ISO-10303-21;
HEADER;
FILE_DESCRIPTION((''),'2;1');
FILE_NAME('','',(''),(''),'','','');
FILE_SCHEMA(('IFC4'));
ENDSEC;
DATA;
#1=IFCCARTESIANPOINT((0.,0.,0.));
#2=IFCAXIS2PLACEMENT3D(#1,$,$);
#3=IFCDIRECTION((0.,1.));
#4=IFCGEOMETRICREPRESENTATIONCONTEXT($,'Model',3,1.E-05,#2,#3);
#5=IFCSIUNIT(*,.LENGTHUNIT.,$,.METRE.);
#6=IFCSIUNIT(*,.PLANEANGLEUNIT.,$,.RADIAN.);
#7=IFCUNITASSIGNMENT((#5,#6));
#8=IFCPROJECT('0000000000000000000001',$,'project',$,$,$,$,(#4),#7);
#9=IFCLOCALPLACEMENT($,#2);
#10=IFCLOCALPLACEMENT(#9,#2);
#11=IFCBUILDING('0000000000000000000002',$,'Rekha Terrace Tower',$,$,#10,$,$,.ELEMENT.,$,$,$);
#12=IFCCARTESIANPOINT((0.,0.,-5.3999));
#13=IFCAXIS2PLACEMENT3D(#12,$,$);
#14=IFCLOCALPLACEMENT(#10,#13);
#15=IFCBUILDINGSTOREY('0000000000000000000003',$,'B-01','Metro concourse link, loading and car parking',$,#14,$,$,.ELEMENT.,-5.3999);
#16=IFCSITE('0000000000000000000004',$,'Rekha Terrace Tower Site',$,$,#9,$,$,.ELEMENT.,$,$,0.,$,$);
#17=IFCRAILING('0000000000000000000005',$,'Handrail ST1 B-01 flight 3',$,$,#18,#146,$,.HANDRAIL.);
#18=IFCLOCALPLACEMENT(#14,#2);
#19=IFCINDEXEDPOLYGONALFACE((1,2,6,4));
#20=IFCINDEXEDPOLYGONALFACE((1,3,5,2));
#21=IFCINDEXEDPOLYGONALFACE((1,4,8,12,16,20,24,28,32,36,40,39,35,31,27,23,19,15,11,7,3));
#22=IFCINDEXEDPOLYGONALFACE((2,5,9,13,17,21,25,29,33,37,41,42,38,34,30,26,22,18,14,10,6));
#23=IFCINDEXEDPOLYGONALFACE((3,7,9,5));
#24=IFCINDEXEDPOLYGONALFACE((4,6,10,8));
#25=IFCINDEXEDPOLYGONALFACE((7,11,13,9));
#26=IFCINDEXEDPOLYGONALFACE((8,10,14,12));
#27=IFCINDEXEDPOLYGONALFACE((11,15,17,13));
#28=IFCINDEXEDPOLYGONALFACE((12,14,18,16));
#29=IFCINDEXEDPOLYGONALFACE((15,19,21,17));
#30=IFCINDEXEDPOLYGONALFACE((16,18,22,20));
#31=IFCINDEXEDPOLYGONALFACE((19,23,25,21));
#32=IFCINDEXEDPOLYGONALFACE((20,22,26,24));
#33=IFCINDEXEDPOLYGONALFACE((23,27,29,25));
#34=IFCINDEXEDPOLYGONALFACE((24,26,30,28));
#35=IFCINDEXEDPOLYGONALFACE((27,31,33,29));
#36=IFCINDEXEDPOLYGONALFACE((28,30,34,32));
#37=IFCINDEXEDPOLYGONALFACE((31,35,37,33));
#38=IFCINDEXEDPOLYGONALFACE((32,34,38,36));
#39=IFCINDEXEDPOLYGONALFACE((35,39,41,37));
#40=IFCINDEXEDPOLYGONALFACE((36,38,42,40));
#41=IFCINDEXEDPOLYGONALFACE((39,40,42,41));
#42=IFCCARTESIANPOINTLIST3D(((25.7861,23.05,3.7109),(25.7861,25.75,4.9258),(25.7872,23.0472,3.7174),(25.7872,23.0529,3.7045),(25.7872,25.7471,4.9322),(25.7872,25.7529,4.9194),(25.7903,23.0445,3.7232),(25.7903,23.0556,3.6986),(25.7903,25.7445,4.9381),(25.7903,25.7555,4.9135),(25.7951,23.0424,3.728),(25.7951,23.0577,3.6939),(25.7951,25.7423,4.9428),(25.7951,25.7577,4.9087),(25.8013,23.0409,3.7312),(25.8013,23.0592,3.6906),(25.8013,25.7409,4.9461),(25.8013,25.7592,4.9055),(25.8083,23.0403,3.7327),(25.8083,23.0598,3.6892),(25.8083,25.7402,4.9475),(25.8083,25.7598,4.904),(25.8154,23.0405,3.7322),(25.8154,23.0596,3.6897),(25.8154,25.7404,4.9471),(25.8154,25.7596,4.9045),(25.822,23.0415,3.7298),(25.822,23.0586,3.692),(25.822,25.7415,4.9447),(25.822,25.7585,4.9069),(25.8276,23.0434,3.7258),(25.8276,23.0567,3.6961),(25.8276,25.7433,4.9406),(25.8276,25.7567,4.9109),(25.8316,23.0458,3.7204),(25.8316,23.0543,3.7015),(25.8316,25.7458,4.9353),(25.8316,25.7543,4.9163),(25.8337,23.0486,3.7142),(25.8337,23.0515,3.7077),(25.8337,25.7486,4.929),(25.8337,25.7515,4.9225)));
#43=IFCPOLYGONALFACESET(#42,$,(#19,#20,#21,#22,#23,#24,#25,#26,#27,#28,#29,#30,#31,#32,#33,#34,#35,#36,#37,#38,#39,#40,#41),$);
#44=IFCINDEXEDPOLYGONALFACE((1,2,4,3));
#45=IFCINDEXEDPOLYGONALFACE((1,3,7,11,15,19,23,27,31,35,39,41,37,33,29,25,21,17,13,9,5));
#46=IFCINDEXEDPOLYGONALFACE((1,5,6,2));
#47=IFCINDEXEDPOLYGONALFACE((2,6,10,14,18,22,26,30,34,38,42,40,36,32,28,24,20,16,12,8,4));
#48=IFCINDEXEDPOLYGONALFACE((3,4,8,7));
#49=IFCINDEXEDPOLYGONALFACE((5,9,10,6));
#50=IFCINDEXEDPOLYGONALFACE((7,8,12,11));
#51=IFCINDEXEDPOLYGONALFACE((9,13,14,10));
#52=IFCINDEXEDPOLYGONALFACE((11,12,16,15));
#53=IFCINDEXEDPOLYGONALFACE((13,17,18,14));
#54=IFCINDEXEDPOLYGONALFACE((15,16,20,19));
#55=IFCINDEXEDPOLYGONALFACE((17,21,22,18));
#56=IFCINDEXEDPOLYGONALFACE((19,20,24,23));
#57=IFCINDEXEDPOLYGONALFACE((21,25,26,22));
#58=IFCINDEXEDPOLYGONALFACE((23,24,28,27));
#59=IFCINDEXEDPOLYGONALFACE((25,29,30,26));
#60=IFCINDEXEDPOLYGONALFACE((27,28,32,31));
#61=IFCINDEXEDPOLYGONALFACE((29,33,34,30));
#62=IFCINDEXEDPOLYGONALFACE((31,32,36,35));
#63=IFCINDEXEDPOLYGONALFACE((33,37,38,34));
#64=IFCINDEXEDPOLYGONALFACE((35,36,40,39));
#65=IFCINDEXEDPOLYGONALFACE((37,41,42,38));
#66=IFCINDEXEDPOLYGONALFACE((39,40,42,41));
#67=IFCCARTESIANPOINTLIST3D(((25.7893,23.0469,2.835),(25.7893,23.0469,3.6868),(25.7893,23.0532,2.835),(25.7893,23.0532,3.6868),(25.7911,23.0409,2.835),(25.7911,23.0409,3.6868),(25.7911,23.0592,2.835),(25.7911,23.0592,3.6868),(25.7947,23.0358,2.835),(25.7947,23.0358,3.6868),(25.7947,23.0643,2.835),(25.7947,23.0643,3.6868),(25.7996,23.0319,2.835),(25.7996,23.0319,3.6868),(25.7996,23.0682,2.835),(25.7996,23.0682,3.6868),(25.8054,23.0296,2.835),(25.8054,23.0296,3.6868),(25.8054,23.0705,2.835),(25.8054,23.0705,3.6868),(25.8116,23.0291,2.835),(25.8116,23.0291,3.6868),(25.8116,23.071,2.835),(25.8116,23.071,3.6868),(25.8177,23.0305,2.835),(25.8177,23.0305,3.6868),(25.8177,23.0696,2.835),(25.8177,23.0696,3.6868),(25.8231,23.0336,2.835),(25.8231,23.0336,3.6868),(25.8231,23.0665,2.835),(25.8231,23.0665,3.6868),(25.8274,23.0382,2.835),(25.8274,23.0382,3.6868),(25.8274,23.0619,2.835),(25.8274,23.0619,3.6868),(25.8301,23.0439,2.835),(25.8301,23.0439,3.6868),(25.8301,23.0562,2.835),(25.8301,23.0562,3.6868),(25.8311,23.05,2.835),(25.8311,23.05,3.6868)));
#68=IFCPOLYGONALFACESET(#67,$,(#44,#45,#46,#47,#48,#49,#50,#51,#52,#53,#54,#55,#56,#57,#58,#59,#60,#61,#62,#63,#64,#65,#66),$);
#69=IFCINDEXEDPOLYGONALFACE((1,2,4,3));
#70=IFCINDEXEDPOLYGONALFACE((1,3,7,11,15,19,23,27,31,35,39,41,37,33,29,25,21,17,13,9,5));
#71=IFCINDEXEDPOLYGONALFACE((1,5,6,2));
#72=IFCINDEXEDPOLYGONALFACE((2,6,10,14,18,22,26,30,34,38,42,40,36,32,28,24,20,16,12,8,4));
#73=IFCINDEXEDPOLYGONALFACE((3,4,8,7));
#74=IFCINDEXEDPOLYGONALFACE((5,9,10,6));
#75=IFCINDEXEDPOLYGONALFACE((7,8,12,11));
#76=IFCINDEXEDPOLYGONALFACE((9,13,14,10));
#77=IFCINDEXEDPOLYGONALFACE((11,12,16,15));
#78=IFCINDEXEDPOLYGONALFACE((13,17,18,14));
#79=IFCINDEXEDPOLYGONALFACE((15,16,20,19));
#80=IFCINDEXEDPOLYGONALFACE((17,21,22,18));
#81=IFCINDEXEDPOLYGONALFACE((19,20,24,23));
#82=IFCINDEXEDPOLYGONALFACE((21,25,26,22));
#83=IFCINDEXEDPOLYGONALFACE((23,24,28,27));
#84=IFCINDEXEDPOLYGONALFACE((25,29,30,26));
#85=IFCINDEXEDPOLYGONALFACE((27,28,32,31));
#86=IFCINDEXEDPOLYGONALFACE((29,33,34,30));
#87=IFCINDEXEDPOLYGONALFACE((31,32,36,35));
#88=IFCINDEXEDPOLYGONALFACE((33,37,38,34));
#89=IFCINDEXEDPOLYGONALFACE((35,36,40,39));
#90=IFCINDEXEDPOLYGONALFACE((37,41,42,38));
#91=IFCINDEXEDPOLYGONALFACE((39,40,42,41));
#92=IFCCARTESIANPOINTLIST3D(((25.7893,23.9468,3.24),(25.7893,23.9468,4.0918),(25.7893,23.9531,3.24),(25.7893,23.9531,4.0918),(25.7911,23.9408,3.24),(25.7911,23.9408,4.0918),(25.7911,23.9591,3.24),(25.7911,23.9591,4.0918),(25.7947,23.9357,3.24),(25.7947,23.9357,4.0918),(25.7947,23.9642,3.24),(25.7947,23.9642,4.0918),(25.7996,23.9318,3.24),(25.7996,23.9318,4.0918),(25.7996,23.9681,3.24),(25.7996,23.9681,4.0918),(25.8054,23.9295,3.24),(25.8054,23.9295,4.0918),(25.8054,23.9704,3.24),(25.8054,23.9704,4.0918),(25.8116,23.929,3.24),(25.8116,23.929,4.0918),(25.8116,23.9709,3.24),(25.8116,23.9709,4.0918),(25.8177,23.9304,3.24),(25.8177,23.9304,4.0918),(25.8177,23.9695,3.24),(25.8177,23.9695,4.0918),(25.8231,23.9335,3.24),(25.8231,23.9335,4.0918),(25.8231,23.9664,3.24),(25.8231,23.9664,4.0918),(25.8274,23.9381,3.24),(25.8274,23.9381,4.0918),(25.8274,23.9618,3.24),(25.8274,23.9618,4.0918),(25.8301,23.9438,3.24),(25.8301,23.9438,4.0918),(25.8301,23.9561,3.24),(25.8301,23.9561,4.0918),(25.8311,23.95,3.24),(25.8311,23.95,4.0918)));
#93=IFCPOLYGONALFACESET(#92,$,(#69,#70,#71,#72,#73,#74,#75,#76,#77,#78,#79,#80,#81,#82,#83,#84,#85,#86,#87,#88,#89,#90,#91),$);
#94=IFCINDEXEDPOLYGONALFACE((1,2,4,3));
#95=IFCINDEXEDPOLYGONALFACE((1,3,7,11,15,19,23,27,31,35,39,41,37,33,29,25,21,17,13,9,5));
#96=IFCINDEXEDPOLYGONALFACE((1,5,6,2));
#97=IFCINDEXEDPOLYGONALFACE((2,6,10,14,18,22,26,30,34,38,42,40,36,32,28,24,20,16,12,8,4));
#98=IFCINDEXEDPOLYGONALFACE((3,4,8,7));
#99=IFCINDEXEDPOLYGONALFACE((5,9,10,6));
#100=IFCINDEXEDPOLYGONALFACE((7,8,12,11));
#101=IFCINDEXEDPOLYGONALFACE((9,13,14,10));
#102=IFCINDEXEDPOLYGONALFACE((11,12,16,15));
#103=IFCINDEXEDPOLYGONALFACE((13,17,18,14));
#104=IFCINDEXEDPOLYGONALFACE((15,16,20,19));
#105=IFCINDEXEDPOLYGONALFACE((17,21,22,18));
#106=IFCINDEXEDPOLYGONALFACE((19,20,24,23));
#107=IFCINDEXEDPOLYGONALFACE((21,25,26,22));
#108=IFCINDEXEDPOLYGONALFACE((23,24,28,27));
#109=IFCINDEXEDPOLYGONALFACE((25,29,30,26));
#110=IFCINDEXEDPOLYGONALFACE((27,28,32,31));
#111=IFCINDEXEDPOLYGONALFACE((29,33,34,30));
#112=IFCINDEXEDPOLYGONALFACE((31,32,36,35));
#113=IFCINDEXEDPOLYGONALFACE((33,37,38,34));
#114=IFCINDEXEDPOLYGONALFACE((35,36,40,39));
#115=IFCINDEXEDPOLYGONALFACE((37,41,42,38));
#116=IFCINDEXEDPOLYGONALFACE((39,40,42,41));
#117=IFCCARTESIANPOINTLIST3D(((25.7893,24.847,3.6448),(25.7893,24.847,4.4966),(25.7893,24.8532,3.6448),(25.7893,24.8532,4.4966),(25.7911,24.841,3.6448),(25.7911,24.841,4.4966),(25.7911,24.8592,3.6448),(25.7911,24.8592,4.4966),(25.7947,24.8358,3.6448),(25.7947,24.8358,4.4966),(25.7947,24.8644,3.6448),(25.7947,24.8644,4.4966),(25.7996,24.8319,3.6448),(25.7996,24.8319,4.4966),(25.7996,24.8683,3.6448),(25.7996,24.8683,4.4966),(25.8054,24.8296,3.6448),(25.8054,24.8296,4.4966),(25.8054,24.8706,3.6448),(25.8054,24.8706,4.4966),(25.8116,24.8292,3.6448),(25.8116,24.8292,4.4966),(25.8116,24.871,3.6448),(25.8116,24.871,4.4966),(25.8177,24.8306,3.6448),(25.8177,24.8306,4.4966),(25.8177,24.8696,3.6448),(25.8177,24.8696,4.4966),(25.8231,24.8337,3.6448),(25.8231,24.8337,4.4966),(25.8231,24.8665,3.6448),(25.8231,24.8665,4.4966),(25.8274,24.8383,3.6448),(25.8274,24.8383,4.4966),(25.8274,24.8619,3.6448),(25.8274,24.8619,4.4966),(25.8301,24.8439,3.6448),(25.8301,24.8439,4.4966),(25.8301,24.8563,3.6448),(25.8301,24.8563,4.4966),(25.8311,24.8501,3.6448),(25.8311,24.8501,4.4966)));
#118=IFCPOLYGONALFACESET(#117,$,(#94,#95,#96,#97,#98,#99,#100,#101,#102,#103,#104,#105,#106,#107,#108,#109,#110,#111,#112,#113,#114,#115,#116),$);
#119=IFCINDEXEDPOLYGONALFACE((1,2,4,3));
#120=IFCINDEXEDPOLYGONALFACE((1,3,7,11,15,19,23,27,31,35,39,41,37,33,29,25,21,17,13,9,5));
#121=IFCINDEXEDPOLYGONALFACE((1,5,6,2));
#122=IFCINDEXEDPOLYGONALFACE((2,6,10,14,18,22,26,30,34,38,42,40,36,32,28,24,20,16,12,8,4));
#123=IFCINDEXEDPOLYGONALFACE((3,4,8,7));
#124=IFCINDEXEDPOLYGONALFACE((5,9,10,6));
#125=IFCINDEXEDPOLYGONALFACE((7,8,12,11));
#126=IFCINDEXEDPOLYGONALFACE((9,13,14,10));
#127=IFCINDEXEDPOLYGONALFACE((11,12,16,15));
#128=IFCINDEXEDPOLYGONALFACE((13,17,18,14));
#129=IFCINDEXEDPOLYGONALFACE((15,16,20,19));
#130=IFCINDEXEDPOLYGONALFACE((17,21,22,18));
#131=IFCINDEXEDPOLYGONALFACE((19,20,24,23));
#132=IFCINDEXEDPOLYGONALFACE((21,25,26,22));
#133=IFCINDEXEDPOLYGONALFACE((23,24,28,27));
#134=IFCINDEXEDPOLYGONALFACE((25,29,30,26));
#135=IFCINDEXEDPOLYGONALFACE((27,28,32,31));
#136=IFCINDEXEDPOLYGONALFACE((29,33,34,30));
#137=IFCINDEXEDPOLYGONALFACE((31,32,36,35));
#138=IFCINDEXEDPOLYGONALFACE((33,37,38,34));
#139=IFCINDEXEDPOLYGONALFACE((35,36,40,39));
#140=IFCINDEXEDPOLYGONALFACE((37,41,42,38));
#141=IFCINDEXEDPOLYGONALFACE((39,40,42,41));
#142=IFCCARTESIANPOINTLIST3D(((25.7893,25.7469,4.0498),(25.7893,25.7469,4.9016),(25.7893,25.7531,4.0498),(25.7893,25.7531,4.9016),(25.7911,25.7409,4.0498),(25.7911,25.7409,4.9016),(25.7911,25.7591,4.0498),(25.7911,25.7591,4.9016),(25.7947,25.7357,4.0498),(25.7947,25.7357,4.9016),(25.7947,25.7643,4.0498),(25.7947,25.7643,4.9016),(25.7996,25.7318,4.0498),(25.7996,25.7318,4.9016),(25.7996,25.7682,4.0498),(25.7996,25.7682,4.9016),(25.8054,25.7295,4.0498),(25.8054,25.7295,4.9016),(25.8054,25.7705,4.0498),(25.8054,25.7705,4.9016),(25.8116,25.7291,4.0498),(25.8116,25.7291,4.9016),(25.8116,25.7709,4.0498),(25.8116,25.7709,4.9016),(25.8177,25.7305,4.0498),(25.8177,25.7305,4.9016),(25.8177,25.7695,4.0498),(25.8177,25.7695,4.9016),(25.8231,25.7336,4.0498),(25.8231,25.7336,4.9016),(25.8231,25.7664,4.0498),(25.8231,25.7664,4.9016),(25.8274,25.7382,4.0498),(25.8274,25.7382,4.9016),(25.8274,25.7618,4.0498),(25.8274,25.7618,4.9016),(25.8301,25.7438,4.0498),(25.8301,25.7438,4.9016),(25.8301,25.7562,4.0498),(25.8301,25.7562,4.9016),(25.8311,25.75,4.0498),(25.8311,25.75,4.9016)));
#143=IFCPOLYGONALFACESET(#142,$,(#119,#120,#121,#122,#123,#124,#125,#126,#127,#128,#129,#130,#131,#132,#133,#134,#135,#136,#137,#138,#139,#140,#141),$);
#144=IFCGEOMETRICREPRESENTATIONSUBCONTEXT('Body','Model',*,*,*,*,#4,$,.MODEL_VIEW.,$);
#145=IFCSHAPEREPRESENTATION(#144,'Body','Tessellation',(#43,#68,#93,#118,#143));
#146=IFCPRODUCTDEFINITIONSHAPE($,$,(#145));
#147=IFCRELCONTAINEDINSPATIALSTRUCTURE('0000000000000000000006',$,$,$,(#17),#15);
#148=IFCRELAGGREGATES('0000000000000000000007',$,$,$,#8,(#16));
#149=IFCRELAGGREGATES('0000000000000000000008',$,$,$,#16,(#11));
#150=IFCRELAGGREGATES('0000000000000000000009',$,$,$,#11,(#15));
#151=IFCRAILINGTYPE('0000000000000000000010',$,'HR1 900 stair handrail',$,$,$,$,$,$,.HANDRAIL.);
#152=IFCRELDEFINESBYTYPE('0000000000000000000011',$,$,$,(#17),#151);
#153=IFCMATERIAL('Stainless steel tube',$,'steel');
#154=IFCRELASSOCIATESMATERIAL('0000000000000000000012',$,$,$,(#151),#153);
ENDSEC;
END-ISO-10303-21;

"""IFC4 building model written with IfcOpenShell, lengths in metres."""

from ifc_helpers import new_model, si_unit, direction, frame, origin, origin_2d, place, context, subcontext, project, spatial, circle, extrude, material, type_object, element, save


model = new_model("IFC4")

# Units and contexts
model_context = context("Model", 3, precision=1e-05, world=origin(), true_north=direction((0.0, 1.0)))
body_context = subcontext(model_context, "Body", "Model", "MODEL_VIEW")
ifc_project = project(units=[si_unit("LENGTHUNIT", "METRE"), si_unit("PLANEANGLEUNIT", "RADIAN")], contexts=[model_context])

# Site, building, storey
site_placement = place(None, origin())
site = spatial("IfcSite", under=ifc_project, at=site_placement, Name="Rekha Terrace Tower Site", CompositionType="ELEMENT", RefElevation=0.0)
building_placement = place(site_placement, origin())
building = spatial("IfcBuilding", under=site, at=building_placement, Name="Rekha Terrace Tower", CompositionType="ELEMENT")
storey_placement = place(building_placement, frame((0.0, 0.0, -5.3999)))
storey = spatial("IfcBuildingStorey", under=building, at=storey_placement, Name="B-01", Description="Metro concourse link, loading and car parking", CompositionType="ELEMENT", Elevation=-5.3999)

# Railing
ifc_material_1 = material(Name="Stainless steel tube", Category="steel")
railing_type_1 = type_object("IfcRailingType", Name="HR1 900 stair handrail", PredefinedType="HANDRAIL", material=ifc_material_1)
railing_1_placement = place(storey_placement, frame((25.8101, 23.05, 2.835)))
element("IfcRailing", 1, at=railing_1_placement, inside=storey, type_object=railing_type_1, Name="Handrail ST1 B-01 flight 3", PredefinedType="HANDRAIL", context=body_context, shape_type="SweptSolid", body=[
    extrude(circle(Radius=0.0239, at=origin_2d()), frame((0.0, 0.0, 0.876), z_axis=(0.0, 0.911938, 0.410327), x_axis=(-1.0, 0.0, 0.0)), (0.0, 0.0, 1.0), 2.9607),
    extrude(circle(Radius=0.021, at=origin_2d()), origin(), (0.0, 0.0, 1.0), 0.8518),
    extrude(circle(Radius=0.021, at=origin_2d()), frame((0.0, 0.8999, 0.405)), (0.0, 0.0, 1.0), 0.8518),
    extrude(circle(Radius=0.021, at=origin_2d()), frame((0.0, 1.8, 0.8098)), (0.0, 0.0, 1.0), 0.8518),
    extrude(circle(Radius=0.021, at=origin_2d()), frame((0.0, 2.7, 1.2148)), (0.0, 0.0, 1.0), 0.8518),
])

save(model, "model.ifc")
